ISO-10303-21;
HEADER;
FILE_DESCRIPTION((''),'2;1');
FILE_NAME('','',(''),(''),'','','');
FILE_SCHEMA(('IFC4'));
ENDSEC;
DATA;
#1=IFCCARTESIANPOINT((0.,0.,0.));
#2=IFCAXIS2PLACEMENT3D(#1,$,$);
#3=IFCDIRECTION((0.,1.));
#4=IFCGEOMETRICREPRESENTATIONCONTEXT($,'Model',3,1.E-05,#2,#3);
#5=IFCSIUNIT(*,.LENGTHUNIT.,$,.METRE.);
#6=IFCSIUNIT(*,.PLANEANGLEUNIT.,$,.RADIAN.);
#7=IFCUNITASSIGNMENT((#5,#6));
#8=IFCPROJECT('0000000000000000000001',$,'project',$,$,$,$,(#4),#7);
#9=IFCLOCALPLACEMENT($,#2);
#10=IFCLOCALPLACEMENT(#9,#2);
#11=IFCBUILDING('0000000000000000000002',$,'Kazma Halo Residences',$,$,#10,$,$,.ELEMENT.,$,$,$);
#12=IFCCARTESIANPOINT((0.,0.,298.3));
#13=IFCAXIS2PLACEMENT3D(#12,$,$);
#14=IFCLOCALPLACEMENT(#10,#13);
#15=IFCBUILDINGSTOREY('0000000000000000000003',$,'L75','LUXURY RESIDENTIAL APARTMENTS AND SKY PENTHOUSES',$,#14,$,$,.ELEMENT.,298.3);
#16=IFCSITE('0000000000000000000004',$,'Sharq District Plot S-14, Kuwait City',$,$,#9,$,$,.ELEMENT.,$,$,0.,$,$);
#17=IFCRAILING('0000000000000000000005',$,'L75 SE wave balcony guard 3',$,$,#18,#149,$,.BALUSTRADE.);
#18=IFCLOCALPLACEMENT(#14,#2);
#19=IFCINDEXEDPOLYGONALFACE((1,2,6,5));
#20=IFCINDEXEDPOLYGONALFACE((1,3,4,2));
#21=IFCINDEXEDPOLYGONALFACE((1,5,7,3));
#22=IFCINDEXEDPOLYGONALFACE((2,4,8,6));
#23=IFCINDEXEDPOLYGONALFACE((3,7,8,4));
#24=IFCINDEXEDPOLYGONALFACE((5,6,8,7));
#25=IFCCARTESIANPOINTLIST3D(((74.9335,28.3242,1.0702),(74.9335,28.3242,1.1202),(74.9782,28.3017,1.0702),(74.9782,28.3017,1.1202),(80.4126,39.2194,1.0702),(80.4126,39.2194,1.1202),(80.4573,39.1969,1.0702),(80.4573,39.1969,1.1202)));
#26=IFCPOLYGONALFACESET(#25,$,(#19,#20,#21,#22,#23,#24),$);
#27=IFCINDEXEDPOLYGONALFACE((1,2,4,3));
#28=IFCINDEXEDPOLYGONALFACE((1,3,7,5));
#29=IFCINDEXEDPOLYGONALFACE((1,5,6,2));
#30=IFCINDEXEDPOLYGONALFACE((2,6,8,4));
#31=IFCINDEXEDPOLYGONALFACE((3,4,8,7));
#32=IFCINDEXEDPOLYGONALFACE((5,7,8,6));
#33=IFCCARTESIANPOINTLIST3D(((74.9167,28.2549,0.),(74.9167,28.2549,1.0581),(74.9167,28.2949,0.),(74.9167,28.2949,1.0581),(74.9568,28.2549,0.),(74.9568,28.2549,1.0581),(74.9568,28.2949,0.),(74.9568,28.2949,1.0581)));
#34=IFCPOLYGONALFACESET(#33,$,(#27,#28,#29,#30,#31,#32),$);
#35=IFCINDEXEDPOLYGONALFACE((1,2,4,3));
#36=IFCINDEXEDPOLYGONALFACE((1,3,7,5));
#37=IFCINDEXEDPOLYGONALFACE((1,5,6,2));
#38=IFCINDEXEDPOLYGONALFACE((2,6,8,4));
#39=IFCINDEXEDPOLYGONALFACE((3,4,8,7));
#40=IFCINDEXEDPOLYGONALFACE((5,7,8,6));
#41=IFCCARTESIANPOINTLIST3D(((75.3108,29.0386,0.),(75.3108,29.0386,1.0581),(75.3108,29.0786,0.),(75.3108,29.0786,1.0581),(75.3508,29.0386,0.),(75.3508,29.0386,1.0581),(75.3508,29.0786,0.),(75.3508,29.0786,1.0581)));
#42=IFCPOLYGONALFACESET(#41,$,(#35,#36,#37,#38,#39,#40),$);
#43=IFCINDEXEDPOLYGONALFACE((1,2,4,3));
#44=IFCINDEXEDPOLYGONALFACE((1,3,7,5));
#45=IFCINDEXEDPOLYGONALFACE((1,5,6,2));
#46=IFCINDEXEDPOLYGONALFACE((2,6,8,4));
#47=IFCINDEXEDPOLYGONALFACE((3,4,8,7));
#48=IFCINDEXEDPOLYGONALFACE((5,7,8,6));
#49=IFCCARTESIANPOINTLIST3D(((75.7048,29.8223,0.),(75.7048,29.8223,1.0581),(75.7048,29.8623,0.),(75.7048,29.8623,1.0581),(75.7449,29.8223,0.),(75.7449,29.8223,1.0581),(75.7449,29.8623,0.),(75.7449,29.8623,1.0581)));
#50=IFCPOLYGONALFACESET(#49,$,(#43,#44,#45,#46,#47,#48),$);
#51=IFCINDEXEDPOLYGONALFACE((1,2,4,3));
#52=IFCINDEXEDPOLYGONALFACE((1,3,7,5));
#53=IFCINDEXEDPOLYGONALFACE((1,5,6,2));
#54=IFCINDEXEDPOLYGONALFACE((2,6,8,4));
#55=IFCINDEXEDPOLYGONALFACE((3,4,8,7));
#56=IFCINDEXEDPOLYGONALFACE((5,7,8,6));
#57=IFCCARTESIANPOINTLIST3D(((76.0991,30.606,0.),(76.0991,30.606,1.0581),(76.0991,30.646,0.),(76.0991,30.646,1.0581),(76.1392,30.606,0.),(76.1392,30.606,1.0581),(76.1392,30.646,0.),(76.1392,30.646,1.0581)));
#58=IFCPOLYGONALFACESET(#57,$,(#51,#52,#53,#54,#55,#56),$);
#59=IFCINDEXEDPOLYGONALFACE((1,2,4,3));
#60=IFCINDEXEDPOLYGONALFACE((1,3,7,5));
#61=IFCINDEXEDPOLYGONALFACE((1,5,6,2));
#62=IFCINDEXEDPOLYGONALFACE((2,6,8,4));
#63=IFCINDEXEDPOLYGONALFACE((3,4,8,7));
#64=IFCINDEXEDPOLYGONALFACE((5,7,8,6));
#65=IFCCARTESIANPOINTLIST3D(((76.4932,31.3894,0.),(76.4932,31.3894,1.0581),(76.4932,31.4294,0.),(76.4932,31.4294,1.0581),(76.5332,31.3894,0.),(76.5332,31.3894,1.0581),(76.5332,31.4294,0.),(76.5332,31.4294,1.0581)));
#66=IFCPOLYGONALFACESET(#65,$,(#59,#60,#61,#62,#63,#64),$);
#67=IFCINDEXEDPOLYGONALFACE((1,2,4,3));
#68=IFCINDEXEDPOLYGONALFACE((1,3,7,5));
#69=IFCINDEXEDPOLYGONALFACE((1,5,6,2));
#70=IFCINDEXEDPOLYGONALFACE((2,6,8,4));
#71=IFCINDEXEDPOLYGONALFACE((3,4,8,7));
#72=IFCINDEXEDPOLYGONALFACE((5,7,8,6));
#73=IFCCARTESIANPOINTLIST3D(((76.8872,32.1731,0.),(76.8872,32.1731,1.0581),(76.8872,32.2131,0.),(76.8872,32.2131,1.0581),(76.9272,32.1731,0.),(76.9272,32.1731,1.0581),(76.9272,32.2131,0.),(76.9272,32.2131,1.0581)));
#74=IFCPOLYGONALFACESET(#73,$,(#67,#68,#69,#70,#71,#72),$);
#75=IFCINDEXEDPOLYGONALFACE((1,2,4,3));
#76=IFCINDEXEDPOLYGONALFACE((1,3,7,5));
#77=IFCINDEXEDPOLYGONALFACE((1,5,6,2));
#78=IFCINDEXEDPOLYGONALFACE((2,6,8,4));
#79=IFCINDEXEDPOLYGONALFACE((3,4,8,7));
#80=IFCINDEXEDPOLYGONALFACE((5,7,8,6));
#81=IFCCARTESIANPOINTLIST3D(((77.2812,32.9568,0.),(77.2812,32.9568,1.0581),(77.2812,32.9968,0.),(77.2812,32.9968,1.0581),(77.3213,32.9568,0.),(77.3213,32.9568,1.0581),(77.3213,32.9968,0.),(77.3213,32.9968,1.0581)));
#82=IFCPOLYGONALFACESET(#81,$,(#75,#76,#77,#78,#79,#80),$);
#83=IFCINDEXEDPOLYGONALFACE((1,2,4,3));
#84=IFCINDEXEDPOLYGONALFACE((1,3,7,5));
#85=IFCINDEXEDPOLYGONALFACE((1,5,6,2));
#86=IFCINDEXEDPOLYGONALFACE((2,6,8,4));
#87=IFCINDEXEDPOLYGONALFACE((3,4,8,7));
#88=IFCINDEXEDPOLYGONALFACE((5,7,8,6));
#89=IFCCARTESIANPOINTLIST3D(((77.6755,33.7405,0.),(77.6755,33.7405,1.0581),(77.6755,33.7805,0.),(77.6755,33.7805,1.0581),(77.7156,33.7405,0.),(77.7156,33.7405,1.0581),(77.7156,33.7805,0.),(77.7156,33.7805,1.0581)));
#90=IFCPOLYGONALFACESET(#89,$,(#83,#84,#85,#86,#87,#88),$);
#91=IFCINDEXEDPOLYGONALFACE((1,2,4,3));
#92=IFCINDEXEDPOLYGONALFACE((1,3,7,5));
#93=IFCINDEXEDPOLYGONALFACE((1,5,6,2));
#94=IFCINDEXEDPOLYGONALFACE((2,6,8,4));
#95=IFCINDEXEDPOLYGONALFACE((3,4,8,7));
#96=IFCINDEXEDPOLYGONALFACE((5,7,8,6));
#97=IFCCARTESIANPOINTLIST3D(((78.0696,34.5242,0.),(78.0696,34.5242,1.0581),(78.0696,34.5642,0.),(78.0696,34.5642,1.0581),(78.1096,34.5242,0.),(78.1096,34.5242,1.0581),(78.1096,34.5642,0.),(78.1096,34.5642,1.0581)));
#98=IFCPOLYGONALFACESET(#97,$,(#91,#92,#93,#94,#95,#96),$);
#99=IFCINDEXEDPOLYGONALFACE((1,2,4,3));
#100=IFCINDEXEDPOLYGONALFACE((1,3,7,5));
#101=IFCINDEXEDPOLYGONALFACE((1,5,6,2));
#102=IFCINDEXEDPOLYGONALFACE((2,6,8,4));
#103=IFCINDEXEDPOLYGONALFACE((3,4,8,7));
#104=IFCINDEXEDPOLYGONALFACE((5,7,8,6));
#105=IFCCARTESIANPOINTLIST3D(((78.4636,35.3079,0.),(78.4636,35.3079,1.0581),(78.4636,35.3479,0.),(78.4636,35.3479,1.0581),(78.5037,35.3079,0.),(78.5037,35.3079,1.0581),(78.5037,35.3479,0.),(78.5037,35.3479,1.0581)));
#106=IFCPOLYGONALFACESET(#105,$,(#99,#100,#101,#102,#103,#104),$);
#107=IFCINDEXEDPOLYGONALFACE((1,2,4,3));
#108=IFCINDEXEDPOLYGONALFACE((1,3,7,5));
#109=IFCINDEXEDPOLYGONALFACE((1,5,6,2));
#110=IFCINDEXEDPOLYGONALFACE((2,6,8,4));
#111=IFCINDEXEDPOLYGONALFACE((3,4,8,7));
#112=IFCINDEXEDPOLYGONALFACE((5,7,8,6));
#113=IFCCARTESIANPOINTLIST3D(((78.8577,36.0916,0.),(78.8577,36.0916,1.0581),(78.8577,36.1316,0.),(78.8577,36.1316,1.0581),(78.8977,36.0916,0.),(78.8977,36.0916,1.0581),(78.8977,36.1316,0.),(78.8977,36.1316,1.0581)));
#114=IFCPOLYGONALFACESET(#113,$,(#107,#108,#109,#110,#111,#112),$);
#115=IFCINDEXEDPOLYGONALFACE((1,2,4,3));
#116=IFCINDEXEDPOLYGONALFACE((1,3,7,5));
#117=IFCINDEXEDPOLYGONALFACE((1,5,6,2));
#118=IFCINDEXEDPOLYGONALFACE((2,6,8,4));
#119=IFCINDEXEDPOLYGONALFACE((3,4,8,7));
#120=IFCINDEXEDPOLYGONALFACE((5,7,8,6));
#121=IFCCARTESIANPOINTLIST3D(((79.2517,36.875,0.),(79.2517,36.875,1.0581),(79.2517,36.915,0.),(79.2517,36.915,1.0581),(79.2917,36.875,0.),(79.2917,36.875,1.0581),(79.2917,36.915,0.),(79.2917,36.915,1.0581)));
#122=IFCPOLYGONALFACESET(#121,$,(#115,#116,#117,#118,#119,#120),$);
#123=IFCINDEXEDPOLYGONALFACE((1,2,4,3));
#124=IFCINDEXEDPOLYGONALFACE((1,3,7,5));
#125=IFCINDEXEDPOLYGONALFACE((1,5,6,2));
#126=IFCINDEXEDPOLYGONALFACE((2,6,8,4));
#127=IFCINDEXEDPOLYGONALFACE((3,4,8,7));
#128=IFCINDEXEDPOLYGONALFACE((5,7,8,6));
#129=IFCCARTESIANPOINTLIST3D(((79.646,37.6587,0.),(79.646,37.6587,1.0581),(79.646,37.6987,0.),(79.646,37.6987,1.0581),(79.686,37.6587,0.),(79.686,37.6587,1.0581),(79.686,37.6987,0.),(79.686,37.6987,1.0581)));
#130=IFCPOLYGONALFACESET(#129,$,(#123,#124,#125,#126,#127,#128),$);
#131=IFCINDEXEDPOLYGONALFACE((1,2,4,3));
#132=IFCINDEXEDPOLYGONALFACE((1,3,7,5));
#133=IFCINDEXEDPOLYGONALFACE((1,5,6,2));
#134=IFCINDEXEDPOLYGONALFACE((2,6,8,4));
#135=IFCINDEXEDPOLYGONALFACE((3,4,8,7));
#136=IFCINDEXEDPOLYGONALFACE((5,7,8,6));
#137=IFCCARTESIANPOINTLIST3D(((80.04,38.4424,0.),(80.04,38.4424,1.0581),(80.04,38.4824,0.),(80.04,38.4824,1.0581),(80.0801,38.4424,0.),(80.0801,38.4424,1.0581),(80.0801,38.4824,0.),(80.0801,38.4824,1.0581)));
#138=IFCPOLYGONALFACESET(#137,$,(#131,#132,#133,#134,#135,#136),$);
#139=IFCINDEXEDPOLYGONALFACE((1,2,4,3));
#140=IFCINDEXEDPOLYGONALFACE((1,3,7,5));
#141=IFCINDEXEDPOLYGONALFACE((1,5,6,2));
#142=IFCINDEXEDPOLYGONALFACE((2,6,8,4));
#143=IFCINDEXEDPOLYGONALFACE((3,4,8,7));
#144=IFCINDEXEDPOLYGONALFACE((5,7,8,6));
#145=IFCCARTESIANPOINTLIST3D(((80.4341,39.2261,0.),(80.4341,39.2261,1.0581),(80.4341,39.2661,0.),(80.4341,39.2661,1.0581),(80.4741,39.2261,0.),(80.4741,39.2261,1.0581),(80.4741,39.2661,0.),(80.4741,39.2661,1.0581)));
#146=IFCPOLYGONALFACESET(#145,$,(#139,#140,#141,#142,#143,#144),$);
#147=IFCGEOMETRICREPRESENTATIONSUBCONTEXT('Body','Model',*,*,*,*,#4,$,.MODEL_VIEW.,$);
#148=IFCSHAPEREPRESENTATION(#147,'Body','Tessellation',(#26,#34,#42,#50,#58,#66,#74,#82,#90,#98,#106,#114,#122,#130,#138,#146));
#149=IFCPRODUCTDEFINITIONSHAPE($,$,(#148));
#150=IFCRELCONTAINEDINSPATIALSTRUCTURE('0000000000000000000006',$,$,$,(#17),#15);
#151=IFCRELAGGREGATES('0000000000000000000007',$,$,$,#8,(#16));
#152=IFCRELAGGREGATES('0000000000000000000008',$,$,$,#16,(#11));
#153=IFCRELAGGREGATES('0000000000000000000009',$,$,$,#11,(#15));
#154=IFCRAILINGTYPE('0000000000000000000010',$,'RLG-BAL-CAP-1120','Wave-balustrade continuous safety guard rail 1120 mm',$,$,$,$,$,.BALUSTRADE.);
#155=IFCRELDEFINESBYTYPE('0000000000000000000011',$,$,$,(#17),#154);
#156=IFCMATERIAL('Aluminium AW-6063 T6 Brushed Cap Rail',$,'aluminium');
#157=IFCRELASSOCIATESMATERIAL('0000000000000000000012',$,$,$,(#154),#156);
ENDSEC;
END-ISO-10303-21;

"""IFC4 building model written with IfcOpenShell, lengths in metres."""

from ifc_helpers import new_model, si_unit, direction, frame, origin, origin_2d, place, context, subcontext, project, spatial, rectangle, extrude, material, type_object, element, save


model = new_model("IFC4")

# Units and contexts
model_context = context("Model", 3, precision=1e-05, world=origin(), true_north=direction((0.0, 1.0)))
body_context = subcontext(model_context, "Body", "Model", "MODEL_VIEW")
ifc_project = project(units=[si_unit("LENGTHUNIT", "METRE"), si_unit("PLANEANGLEUNIT", "RADIAN")], contexts=[model_context])

# Site, building, storey
site_placement = place(None, origin())
site = spatial("IfcSite", under=ifc_project, at=site_placement, Name="Sharq District Plot S-14, Kuwait City", CompositionType="ELEMENT", RefElevation=0.0)
building_placement = place(site_placement, origin())
building = spatial("IfcBuilding", under=site, at=building_placement, Name="Kazma Halo Residences", CompositionType="ELEMENT")
storey_placement = place(building_placement, frame((0.0, 0.0, 298.3)))
storey = spatial("IfcBuildingStorey", under=building, at=storey_placement, Name="L75", Description="LUXURY RESIDENTIAL APARTMENTS AND SKY PENTHOUSES", CompositionType="ELEMENT", Elevation=298.3)

# Railing
ifc_material_1 = material(Name="Aluminium AW-6063 T6 Brushed Cap Rail", Category="aluminium")
railing_type = type_object("IfcRailingType", Name="RLG-BAL-CAP-1120", Description="Wave-balustrade continuous safety guard rail 1120 mm", PredefinedType="BALUSTRADE", material=ifc_material_1)
railing_1_placement = place(storey_placement, frame((74.9368, 28.2749, 0.0)))
element("IfcRailing", 1, at=railing_1_placement, inside=storey, type_object=railing_type, Name="L75 SE wave balcony guard 3", PredefinedType="BALUSTRADE", context=body_context, shape_type="SweptSolid", body=[
    extrude(rectangle(XDim=0.05, YDim=0.05, at=origin_2d()), frame((0.019, 0.0381, 1.0952), z_axis=(0.44928, 0.893391, 0.0), x_axis=(-0.893391, 0.44928, 0.0)), (0.0, 0.0, 1.0), 12.1953),
    extrude(rectangle(XDim=0.04, YDim=0.04, at=origin_2d()), origin(), (0.0, 0.0, 1.0), 1.0581),
    extrude(rectangle(XDim=0.04, YDim=0.04, at=origin_2d()), frame((0.394, 0.7837, 0.0)), (0.0, 0.0, 1.0), 1.0581),
    extrude(rectangle(XDim=0.04, YDim=0.04, at=origin_2d()), frame((0.7881, 1.5674, 0.0)), (0.0, 0.0, 1.0), 1.0581),
    extrude(rectangle(XDim=0.04, YDim=0.04, at=origin_2d()), frame((1.1824, 2.3511, 0.0)), (0.0, 0.0, 1.0), 1.0581),
    extrude(rectangle(XDim=0.04, YDim=0.04, at=origin_2d()), frame((1.5764, 3.1345, 0.0)), (0.0, 0.0, 1.0), 1.0581),
    extrude(rectangle(XDim=0.04, YDim=0.04, at=origin_2d()), frame((1.9705, 3.9182, 0.0)), (0.0, 0.0, 1.0), 1.0581),
    extrude(rectangle(XDim=0.04, YDim=0.04, at=origin_2d()), frame((2.3645, 4.7019, 0.0)), (0.0, 0.0, 1.0), 1.0581),
    extrude(rectangle(XDim=0.04, YDim=0.04, at=origin_2d()), frame((2.7588, 5.4856, 0.0)), (0.0, 0.0, 1.0), 1.0581),
    extrude(rectangle(XDim=0.04, YDim=0.04, at=origin_2d()), frame((3.1528, 6.2693, 0.0)), (0.0, 0.0, 1.0), 1.0581),
    extrude(rectangle(XDim=0.04, YDim=0.04, at=origin_2d()), frame((3.5469, 7.053, 0.0)), (0.0, 0.0, 1.0), 1.0581),
    extrude(rectangle(XDim=0.04, YDim=0.04, at=origin_2d()), frame((3.9409, 7.8367, 0.0)), (0.0, 0.0, 1.0), 1.0581),
    extrude(rectangle(XDim=0.04, YDim=0.04, at=origin_2d()), frame((4.335, 8.6201, 0.0)), (0.0, 0.0, 1.0), 1.0581),
    extrude(rectangle(XDim=0.04, YDim=0.04, at=origin_2d()), frame((4.7292, 9.4038, 0.0)), (0.0, 0.0, 1.0), 1.0581),
    extrude(rectangle(XDim=0.04, YDim=0.04, at=origin_2d()), frame((5.1233, 10.1875, 0.0)), (0.0, 0.0, 1.0), 1.0581),
    extrude(rectangle(XDim=0.04, YDim=0.04, at=origin_2d()), frame((5.5173, 10.9712, 0.0)), (0.0, 0.0, 1.0), 1.0581),
])

save(model, "model.ifc")
